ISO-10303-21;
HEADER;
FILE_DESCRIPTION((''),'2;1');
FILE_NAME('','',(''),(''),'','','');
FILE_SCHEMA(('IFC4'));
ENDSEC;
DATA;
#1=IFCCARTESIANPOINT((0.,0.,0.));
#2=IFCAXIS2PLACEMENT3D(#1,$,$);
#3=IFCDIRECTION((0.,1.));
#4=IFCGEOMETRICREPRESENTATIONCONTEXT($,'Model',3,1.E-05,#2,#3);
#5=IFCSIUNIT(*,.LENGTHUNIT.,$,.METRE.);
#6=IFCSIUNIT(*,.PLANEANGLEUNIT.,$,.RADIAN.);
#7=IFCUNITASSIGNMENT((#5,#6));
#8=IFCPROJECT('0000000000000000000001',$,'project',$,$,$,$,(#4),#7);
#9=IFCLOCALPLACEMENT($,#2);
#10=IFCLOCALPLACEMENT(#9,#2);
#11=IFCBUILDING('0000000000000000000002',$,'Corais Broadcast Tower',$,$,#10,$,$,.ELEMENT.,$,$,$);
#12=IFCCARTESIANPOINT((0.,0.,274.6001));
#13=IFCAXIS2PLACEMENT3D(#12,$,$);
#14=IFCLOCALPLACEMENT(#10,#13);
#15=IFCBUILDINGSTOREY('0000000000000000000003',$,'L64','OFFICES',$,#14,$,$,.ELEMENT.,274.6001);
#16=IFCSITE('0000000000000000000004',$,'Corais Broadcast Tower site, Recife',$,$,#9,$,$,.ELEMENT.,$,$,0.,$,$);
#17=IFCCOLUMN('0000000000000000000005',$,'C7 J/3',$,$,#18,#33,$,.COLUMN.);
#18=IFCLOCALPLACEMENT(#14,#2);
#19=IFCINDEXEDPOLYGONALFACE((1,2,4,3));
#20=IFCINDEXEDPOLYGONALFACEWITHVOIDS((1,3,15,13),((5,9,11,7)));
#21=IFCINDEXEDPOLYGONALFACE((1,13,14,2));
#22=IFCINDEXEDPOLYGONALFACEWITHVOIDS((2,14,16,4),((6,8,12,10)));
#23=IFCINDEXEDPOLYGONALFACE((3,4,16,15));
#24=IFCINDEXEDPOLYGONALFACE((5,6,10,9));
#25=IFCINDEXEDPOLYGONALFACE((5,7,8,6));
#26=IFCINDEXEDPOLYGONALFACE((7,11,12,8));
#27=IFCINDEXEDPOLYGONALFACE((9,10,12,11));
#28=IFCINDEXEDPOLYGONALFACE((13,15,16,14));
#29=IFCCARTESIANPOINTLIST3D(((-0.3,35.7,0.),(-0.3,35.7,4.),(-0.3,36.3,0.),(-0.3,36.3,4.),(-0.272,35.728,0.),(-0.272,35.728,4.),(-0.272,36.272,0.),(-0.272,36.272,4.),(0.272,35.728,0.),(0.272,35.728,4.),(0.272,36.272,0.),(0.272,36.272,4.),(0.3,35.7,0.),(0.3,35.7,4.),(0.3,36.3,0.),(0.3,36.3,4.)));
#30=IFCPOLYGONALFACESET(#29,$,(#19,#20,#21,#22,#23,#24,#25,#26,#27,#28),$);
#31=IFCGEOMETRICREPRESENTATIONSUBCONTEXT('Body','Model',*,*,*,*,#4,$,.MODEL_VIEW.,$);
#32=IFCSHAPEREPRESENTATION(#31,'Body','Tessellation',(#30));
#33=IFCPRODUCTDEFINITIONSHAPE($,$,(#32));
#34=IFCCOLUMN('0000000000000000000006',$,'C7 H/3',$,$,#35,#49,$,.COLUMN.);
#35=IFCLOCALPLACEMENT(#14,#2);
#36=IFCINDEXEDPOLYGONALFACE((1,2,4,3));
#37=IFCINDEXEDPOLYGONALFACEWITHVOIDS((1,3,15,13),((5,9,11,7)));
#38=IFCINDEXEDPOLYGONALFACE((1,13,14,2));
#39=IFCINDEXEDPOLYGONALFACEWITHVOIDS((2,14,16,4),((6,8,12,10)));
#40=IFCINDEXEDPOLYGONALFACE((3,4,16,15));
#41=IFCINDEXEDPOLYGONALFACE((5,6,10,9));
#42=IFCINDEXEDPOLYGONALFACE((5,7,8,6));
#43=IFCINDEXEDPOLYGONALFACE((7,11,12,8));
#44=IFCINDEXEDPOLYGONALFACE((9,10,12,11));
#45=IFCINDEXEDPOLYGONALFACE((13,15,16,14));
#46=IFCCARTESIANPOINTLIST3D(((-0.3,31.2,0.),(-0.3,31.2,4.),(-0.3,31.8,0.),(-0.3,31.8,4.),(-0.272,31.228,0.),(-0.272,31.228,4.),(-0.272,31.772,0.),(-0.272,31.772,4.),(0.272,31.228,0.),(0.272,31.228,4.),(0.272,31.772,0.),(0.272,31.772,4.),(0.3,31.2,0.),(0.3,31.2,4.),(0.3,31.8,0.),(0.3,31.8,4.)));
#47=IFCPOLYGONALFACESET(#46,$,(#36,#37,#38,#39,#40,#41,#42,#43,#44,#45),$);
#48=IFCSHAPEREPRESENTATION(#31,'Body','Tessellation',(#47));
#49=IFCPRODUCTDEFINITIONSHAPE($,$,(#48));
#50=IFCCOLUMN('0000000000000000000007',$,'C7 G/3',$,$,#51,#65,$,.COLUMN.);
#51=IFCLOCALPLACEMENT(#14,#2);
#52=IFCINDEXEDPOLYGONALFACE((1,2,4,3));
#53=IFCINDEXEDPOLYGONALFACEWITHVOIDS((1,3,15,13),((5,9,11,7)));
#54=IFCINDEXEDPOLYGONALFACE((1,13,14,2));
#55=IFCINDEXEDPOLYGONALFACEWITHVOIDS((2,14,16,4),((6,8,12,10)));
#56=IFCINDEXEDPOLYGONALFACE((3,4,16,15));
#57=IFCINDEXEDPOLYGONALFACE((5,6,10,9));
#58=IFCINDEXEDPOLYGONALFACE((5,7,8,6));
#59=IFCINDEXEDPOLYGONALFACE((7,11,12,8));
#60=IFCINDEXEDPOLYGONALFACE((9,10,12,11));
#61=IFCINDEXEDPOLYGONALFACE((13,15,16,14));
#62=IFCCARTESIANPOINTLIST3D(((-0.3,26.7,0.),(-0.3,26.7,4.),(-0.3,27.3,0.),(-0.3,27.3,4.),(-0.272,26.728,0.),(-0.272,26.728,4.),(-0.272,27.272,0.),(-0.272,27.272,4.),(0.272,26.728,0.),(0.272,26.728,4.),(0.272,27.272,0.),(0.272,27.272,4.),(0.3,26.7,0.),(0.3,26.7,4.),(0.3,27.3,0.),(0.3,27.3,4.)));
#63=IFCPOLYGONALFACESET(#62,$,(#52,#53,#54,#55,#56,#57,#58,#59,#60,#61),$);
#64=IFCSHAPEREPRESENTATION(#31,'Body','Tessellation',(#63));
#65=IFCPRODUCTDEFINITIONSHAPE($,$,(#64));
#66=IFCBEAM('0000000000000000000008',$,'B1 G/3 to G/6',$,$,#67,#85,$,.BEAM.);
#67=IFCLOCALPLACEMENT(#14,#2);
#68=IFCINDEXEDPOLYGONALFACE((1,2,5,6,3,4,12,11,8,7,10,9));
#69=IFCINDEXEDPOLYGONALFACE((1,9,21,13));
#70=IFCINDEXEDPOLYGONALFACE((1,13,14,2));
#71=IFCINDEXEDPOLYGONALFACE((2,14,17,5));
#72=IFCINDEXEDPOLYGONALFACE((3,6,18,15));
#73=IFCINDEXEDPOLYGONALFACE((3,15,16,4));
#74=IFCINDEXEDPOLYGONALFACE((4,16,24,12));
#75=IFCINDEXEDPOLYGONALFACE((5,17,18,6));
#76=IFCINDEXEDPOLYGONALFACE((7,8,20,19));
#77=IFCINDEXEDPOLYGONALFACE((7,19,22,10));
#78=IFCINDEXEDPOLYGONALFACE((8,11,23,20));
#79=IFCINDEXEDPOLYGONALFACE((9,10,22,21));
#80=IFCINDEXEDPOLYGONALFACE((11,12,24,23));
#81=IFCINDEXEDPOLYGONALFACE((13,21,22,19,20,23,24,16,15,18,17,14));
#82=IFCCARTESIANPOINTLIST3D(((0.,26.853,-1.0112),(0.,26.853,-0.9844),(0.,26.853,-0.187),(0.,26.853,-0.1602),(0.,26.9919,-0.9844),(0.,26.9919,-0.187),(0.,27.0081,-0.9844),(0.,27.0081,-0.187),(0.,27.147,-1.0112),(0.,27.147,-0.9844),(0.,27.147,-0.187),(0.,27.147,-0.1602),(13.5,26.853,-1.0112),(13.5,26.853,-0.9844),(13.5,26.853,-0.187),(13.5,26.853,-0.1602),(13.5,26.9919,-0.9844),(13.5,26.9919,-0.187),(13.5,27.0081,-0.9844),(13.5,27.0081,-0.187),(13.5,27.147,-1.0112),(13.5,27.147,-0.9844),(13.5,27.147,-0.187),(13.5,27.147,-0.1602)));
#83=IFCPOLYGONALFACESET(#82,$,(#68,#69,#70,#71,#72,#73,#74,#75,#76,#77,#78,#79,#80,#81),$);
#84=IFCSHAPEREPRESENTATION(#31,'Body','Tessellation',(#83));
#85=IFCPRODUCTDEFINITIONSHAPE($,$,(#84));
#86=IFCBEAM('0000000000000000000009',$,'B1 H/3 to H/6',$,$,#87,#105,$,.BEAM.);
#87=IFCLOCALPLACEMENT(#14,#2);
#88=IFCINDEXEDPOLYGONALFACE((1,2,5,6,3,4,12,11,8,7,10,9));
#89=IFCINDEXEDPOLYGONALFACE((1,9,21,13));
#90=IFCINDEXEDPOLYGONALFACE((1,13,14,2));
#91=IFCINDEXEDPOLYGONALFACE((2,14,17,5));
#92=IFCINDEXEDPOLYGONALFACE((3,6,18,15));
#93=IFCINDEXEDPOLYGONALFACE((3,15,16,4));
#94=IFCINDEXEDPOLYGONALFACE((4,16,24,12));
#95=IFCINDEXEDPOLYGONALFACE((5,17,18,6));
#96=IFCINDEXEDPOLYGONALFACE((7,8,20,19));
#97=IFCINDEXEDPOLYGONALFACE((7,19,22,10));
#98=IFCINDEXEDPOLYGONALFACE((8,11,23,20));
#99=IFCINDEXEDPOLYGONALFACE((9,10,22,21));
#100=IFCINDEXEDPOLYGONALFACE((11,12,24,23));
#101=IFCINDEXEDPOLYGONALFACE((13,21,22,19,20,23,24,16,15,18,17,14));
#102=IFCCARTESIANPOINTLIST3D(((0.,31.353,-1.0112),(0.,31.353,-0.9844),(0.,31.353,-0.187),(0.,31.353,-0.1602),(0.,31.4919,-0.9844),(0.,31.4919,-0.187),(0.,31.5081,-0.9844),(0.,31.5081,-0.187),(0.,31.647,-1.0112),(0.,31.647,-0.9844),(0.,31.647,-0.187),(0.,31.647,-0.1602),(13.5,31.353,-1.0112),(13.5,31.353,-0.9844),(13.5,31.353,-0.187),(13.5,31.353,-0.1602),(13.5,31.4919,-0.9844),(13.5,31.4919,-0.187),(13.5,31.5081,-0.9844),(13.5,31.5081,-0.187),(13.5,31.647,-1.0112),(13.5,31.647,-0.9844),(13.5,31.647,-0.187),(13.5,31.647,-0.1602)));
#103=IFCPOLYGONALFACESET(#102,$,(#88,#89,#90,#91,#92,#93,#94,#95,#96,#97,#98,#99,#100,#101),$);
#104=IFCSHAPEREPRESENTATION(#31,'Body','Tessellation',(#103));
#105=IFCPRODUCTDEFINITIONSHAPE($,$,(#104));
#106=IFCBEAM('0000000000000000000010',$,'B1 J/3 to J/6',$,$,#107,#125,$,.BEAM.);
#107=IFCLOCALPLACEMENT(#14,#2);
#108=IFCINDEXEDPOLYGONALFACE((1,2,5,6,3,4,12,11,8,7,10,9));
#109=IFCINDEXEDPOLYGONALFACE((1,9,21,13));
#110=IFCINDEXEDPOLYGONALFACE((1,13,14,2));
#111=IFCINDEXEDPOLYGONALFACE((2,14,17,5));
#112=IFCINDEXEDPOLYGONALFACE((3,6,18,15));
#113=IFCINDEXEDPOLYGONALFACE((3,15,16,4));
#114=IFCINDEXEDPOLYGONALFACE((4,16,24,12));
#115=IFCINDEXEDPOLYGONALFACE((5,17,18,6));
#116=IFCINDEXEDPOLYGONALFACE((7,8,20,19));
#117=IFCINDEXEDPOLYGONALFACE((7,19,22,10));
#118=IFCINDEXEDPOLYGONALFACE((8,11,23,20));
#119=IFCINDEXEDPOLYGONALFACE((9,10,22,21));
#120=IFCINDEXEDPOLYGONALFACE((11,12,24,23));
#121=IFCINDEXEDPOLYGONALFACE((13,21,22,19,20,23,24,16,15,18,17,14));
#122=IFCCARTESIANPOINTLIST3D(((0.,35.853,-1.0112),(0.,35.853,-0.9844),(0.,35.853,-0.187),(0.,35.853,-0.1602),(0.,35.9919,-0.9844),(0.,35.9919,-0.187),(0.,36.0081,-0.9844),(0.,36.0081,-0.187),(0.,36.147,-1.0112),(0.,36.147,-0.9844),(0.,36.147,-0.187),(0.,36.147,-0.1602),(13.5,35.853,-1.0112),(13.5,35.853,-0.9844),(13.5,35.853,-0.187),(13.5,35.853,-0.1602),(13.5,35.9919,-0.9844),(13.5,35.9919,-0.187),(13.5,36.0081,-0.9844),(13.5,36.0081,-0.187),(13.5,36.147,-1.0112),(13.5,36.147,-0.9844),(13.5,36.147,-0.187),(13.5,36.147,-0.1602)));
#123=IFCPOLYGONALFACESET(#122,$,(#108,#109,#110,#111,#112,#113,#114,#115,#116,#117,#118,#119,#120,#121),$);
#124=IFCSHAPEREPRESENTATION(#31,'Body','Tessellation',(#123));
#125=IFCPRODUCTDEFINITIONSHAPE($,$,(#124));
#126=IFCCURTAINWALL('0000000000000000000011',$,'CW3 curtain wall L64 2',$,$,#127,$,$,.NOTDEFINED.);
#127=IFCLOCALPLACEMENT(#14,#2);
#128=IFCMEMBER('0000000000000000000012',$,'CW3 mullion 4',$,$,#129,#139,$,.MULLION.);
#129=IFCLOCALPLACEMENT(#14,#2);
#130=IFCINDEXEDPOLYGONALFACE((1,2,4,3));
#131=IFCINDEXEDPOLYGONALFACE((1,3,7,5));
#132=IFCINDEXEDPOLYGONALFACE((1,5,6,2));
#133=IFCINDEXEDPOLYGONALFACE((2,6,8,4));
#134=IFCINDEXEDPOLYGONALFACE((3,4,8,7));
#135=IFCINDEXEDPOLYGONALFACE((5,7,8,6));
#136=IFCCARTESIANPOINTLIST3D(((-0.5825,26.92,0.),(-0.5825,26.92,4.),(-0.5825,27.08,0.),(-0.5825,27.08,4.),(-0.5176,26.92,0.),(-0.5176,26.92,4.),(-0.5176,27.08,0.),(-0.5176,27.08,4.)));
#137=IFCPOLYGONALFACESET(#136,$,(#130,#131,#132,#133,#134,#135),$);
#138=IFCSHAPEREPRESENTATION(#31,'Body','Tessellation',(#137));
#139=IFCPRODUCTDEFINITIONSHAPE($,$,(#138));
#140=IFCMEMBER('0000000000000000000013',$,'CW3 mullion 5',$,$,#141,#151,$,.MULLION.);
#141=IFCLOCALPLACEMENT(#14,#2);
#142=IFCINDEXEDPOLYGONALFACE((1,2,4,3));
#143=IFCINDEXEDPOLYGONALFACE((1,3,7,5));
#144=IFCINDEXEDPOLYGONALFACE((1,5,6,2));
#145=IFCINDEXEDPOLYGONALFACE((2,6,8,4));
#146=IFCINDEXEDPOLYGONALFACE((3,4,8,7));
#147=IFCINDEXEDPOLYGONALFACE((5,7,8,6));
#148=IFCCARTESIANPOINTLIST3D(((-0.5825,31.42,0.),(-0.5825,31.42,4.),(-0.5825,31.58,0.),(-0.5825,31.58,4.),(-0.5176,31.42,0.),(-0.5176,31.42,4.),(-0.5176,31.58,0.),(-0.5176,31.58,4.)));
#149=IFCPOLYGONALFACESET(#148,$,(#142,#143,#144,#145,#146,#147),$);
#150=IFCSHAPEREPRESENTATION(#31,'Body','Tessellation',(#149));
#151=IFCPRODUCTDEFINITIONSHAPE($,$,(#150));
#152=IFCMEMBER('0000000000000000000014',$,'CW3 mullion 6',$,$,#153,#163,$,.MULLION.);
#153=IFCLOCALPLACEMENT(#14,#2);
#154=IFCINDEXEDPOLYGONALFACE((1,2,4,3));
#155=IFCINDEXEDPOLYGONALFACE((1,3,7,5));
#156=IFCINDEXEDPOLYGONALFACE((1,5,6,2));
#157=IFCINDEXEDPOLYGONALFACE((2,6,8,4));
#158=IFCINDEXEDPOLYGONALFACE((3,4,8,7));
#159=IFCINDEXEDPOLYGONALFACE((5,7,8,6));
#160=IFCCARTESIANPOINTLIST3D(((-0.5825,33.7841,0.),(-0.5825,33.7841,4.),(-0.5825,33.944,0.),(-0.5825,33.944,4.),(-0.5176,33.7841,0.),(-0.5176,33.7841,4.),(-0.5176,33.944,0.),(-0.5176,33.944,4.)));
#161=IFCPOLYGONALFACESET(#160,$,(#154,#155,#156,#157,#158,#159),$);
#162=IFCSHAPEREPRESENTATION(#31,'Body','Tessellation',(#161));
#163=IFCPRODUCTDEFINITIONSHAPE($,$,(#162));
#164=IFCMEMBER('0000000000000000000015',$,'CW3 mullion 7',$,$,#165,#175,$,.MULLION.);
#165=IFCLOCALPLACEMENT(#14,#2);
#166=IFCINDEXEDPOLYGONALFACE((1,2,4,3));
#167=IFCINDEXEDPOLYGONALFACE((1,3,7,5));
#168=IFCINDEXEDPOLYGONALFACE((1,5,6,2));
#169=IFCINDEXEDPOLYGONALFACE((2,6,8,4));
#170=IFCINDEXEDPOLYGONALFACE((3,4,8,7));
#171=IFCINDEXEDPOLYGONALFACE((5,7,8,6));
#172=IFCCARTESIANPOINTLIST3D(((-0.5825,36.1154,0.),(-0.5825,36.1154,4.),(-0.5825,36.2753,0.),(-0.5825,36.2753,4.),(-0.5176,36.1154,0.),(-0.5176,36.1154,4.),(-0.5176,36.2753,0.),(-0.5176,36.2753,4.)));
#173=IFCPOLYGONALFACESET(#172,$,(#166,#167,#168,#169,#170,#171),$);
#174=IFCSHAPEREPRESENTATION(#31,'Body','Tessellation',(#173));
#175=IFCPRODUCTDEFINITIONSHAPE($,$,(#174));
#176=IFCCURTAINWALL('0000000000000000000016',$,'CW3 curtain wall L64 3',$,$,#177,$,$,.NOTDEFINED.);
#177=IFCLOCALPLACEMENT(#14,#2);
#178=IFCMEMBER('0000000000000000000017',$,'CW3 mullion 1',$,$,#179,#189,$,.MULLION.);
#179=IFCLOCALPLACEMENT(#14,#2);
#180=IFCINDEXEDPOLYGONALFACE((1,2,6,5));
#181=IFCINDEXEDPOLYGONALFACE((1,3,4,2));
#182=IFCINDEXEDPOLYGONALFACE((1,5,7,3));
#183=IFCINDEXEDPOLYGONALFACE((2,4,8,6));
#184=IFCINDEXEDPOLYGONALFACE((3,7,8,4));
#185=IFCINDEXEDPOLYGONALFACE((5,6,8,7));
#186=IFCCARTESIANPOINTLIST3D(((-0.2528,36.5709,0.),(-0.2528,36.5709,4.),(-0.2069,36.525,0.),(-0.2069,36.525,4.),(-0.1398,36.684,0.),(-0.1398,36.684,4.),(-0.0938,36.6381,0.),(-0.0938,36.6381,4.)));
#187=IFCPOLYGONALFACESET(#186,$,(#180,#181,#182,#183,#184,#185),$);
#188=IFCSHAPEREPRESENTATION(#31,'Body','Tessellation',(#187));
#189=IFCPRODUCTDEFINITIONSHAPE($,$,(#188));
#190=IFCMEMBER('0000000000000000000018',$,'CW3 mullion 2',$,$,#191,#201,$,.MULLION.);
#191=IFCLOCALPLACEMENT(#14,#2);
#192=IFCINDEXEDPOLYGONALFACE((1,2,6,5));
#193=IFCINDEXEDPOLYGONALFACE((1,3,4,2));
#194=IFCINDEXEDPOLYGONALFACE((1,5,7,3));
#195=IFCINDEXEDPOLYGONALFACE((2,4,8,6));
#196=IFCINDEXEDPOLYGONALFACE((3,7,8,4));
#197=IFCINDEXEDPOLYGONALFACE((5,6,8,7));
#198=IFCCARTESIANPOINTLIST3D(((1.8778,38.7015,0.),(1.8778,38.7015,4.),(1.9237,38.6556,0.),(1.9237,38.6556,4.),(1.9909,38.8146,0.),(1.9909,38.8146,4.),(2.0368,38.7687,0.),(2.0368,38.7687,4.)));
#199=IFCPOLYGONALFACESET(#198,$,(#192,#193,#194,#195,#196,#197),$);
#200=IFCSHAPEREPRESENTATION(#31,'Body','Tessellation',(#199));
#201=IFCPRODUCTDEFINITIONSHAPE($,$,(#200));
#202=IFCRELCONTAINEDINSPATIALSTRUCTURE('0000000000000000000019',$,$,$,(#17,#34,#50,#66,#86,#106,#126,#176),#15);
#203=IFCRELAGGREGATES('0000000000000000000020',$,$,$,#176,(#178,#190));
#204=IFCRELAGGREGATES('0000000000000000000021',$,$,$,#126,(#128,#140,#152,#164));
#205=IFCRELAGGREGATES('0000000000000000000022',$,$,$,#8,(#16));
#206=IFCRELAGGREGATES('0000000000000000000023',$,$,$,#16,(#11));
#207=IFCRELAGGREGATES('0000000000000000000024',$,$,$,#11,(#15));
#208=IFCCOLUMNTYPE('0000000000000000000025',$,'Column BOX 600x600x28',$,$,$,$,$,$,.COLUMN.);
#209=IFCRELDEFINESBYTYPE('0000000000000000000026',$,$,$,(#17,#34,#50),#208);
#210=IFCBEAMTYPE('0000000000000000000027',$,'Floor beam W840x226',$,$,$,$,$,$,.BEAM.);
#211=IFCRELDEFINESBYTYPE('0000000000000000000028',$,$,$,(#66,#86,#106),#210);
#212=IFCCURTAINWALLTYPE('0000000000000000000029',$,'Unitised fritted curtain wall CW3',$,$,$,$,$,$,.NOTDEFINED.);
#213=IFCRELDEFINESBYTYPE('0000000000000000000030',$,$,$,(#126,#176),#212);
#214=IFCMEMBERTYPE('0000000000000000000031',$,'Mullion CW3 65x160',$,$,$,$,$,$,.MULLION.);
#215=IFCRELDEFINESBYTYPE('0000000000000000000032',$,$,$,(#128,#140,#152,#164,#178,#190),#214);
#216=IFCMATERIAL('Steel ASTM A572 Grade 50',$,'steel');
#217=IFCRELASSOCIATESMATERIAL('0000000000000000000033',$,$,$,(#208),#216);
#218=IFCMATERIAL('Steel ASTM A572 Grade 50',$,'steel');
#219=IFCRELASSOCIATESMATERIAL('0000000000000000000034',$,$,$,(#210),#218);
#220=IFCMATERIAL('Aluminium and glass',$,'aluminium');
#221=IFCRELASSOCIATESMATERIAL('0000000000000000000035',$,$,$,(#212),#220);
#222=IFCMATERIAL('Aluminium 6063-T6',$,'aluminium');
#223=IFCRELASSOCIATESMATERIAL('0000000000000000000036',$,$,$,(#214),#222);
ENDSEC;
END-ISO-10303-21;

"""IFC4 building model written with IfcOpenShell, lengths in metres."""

from ifc_helpers import new_model, si_unit, direction, frame, origin, origin_2d, place, context, subcontext, project, spatial, rectangle, hollow_rectangle, i_section, extrude, material, material_profile, profile_set, type_object, element, aggregate, save


model = new_model("IFC4")

# Units and contexts
model_context = context("Model", 3, precision=1e-05, world=origin(), true_north=direction((0.0, 1.0)))
body_context = subcontext(model_context, "Body", "Model", "MODEL_VIEW")
ifc_project = project(units=[si_unit("LENGTHUNIT", "METRE"), si_unit("PLANEANGLEUNIT", "RADIAN")], contexts=[model_context])

# Site, building, storey
site_placement = place(None, origin())
site = spatial("IfcSite", under=ifc_project, at=site_placement, Name="Corais Broadcast Tower site, Recife", CompositionType="ELEMENT", RefElevation=0.0)
building_placement = place(site_placement, origin())
building = spatial("IfcBuilding", under=site, at=building_placement, Name="Corais Broadcast Tower", CompositionType="ELEMENT")
storey_placement = place(building_placement, frame((0.0, 0.0, 274.6001)))
storey = spatial("IfcBuildingStorey", under=building, at=storey_placement, Name="L64", Description="OFFICES", CompositionType="ELEMENT", Elevation=274.6001)

# Columns
ifc_material_1 = material(Name="Steel ASTM A572 Grade 50", Category="steel")
ifc_material_profile_1 = material_profile(ifc_material_1, hollow_rectangle(XDim=0.6001, YDim=0.6001, WallThickness=0.0281, at=origin_2d()), Name="BOX 600x600x28")
ifc_profile_set_1 = profile_set([ifc_material_profile_1], Name="Steel ASTM A572 Grade 50")
column_type = type_object("IfcColumnType", Name="Column BOX 600x600x28", PredefinedType="COLUMN", material=ifc_profile_set_1)
for number, where, z_axis, x_axis, name in (
    (1, (0.0, 36.0, 0.0), (0.0, 0.0, 1.0), (1.0, 0.0, 0.0), "C7 J/3"),
    (2, (0.0, 31.5, 0.0), (0.0, 0.0, 1.0), (1.0, 0.0, 0.0), "C7 H/3"),
    (3, (0.0, 27.0, 0.0), (0.0, 0.0, 1.0), (1.0, 0.0, 0.0), "C7 G/3"),
):
    element("IfcColumn", number, at=place(storey_placement, frame(where, z_axis=z_axis, x_axis=x_axis)), inside=storey, type_object=column_type, Name=name, PredefinedType="COLUMN", context=body_context, shape_type="SweptSolid", body=[
        extrude(hollow_rectangle(XDim=0.6001, YDim=0.6001, WallThickness=0.0281, at=origin_2d()), origin(), (0.0, 0.0, 1.0), 4.0),
    ])

# Beams
ifc_material_2 = material(Name="Steel ASTM A572 Grade 50", Category="steel")
ifc_material_profile_2 = material_profile(ifc_material_2, i_section(OverallWidth=0.2939, OverallDepth=0.8511, WebThickness=0.0161, FlangeThickness=0.0269, at=origin_2d()), Name="W840x226")
ifc_profile_set_2 = profile_set([ifc_material_profile_2], Name="Steel ASTM A572 Grade 50")
beam_type_1 = type_object("IfcBeamType", Name="Floor beam W840x226", PredefinedType="BEAM", material=ifc_profile_set_2)
for number, where, z_axis, x_axis, name in (
    (4, (0.0, 27.0, -0.5857), (1.0, 0.0, 0.0), (0.0, 1.0, 0.0), "B1 G/3 to G/6"),
    (5, (0.0, 31.5, -0.5857), (1.0, 0.0, 0.0), (0.0, 1.0, 0.0), "B1 H/3 to H/6"),
    (6, (0.0, 36.0, -0.5857), (1.0, 0.0, 0.0), (0.0, 1.0, 0.0), "B1 J/3 to J/6"),
):
    element("IfcBeam", number, at=place(storey_placement, frame(where, z_axis=z_axis, x_axis=x_axis)), inside=storey, type_object=beam_type_1, Name=name, PredefinedType="BEAM", context=body_context, shape_type="SweptSolid", body=[
        extrude(i_section(OverallWidth=0.2939, OverallDepth=0.8511, WebThickness=0.0161, FlangeThickness=0.0269, at=origin_2d()), origin(), (0.0, 0.0, 1.0), 13.5),
    ])

# Curtain walls, members
ifc_material_3 = material(Name="Aluminium and glass", Category="aluminium")
curtain_wall_type = type_object("IfcCurtainWallType", Name="Unitised fritted curtain wall CW3", PredefinedType="NOTDEFINED", material=ifc_material_3)
curtain_wall_1_placement = place(storey_placement, origin())
curtain_wall_1 = element("IfcCurtainWall", 7, at=curtain_wall_1_placement, inside=storey, type_object=curtain_wall_type, Name="CW3 curtain wall L64 2", PredefinedType="NOTDEFINED")
ifc_material_4 = material(Name="Aluminium 6063-T6", Category="aluminium")
ifc_material_profile_3 = material_profile(ifc_material_4, rectangle(XDim=0.0649, YDim=0.1599, at=origin_2d()), Name="Mullion CW3 65x160")
ifc_profile_set_3 = profile_set([ifc_material_profile_3], Name="Aluminium 6063-T6")
member_type_1 = type_object("IfcMemberType", Name="Mullion CW3 65x160", PredefinedType="MULLION", material=ifc_profile_set_3)
member_1_placement = place(storey_placement, frame((-0.55, 27.0, 0.0), z_axis=(0.0, 0.0, 1.0), x_axis=(-1.0, 0.0, 0.0)))
member_1 = element("IfcMember", 8, at=member_1_placement, type_object=member_type_1, Name="CW3 mullion 4", PredefinedType="MULLION", context=body_context, shape_type="SweptSolid", body=[
    extrude(rectangle(XDim=0.0649, YDim=0.1599, at=origin_2d()), origin(), (0.0, 0.0, 1.0), 4.0),
])
member_2_placement = place(storey_placement, frame((-0.55, 31.5, 0.0), z_axis=(0.0, 0.0, 1.0), x_axis=(-1.0, 0.0, 0.0)))
member_2 = element("IfcMember", 9, at=member_2_placement, type_object=member_type_1, Name="CW3 mullion 5", PredefinedType="MULLION", context=body_context, shape_type="SweptSolid", body=[
    extrude(rectangle(XDim=0.0649, YDim=0.1599, at=origin_2d()), origin(), (0.0, 0.0, 1.0), 4.0),
])
member_3_placement = place(storey_placement, frame((-0.55, 33.864, 0.0), z_axis=(0.0, 0.0, 1.0), x_axis=(-1.0, 0.0, 0.0)))
member_3 = element("IfcMember", 10, at=member_3_placement, type_object=member_type_1, Name="CW3 mullion 6", PredefinedType="MULLION", context=body_context, shape_type="SweptSolid", body=[
    extrude(rectangle(XDim=0.0649, YDim=0.1599, at=origin_2d()), origin(), (0.0, 0.0, 1.0), 4.0),
])
member_4_placement = place(storey_placement, frame((-0.55, 36.1953, 0.0), z_axis=(0.0, 0.0, 1.0), x_axis=(-1.0, 0.0, 0.0)))
member_4 = element("IfcMember", 11, at=member_4_placement, type_object=member_type_1, Name="CW3 mullion 7", PredefinedType="MULLION", context=body_context, shape_type="SweptSolid", body=[
    extrude(rectangle(XDim=0.0649, YDim=0.1599, at=origin_2d()), origin(), (0.0, 0.0, 1.0), 4.0),
])
curtain_wall_2_placement = place(storey_placement, origin())
curtain_wall_2 = element("IfcCurtainWall", 12, at=curtain_wall_2_placement, inside=storey, type_object=curtain_wall_type, Name="CW3 curtain wall L64 3", PredefinedType="NOTDEFINED")
member_5_placement = place(storey_placement, frame((-0.1733, 36.6045, 0.0), z_axis=(0.0, 0.0, 1.0), x_axis=(-0.707107, 0.707107, 0.0)))
member_5 = element("IfcMember", 13, at=member_5_placement, type_object=member_type_1, Name="CW3 mullion 1", PredefinedType="MULLION", context=body_context, shape_type="SweptSolid", body=[
    extrude(rectangle(XDim=0.0649, YDim=0.1599, at=origin_2d()), origin(), (0.0, 0.0, 1.0), 4.0),
])
member_6_placement = place(storey_placement, frame((1.9573, 38.7351, 0.0), z_axis=(0.0, 0.0, 1.0), x_axis=(-0.707107, 0.707107, 0.0)))
member_6 = element("IfcMember", 14, at=member_6_placement, type_object=member_type_1, Name="CW3 mullion 2", PredefinedType="MULLION", context=body_context, shape_type="SweptSolid", body=[
    extrude(rectangle(XDim=0.0649, YDim=0.1599, at=origin_2d()), origin(), (0.0, 0.0, 1.0), 4.0),
])

aggregate(curtain_wall_2, [member_5, member_6])
aggregate(curtain_wall_1, [member_1, member_2, member_3, member_4])

save(model, "model.ifc")
